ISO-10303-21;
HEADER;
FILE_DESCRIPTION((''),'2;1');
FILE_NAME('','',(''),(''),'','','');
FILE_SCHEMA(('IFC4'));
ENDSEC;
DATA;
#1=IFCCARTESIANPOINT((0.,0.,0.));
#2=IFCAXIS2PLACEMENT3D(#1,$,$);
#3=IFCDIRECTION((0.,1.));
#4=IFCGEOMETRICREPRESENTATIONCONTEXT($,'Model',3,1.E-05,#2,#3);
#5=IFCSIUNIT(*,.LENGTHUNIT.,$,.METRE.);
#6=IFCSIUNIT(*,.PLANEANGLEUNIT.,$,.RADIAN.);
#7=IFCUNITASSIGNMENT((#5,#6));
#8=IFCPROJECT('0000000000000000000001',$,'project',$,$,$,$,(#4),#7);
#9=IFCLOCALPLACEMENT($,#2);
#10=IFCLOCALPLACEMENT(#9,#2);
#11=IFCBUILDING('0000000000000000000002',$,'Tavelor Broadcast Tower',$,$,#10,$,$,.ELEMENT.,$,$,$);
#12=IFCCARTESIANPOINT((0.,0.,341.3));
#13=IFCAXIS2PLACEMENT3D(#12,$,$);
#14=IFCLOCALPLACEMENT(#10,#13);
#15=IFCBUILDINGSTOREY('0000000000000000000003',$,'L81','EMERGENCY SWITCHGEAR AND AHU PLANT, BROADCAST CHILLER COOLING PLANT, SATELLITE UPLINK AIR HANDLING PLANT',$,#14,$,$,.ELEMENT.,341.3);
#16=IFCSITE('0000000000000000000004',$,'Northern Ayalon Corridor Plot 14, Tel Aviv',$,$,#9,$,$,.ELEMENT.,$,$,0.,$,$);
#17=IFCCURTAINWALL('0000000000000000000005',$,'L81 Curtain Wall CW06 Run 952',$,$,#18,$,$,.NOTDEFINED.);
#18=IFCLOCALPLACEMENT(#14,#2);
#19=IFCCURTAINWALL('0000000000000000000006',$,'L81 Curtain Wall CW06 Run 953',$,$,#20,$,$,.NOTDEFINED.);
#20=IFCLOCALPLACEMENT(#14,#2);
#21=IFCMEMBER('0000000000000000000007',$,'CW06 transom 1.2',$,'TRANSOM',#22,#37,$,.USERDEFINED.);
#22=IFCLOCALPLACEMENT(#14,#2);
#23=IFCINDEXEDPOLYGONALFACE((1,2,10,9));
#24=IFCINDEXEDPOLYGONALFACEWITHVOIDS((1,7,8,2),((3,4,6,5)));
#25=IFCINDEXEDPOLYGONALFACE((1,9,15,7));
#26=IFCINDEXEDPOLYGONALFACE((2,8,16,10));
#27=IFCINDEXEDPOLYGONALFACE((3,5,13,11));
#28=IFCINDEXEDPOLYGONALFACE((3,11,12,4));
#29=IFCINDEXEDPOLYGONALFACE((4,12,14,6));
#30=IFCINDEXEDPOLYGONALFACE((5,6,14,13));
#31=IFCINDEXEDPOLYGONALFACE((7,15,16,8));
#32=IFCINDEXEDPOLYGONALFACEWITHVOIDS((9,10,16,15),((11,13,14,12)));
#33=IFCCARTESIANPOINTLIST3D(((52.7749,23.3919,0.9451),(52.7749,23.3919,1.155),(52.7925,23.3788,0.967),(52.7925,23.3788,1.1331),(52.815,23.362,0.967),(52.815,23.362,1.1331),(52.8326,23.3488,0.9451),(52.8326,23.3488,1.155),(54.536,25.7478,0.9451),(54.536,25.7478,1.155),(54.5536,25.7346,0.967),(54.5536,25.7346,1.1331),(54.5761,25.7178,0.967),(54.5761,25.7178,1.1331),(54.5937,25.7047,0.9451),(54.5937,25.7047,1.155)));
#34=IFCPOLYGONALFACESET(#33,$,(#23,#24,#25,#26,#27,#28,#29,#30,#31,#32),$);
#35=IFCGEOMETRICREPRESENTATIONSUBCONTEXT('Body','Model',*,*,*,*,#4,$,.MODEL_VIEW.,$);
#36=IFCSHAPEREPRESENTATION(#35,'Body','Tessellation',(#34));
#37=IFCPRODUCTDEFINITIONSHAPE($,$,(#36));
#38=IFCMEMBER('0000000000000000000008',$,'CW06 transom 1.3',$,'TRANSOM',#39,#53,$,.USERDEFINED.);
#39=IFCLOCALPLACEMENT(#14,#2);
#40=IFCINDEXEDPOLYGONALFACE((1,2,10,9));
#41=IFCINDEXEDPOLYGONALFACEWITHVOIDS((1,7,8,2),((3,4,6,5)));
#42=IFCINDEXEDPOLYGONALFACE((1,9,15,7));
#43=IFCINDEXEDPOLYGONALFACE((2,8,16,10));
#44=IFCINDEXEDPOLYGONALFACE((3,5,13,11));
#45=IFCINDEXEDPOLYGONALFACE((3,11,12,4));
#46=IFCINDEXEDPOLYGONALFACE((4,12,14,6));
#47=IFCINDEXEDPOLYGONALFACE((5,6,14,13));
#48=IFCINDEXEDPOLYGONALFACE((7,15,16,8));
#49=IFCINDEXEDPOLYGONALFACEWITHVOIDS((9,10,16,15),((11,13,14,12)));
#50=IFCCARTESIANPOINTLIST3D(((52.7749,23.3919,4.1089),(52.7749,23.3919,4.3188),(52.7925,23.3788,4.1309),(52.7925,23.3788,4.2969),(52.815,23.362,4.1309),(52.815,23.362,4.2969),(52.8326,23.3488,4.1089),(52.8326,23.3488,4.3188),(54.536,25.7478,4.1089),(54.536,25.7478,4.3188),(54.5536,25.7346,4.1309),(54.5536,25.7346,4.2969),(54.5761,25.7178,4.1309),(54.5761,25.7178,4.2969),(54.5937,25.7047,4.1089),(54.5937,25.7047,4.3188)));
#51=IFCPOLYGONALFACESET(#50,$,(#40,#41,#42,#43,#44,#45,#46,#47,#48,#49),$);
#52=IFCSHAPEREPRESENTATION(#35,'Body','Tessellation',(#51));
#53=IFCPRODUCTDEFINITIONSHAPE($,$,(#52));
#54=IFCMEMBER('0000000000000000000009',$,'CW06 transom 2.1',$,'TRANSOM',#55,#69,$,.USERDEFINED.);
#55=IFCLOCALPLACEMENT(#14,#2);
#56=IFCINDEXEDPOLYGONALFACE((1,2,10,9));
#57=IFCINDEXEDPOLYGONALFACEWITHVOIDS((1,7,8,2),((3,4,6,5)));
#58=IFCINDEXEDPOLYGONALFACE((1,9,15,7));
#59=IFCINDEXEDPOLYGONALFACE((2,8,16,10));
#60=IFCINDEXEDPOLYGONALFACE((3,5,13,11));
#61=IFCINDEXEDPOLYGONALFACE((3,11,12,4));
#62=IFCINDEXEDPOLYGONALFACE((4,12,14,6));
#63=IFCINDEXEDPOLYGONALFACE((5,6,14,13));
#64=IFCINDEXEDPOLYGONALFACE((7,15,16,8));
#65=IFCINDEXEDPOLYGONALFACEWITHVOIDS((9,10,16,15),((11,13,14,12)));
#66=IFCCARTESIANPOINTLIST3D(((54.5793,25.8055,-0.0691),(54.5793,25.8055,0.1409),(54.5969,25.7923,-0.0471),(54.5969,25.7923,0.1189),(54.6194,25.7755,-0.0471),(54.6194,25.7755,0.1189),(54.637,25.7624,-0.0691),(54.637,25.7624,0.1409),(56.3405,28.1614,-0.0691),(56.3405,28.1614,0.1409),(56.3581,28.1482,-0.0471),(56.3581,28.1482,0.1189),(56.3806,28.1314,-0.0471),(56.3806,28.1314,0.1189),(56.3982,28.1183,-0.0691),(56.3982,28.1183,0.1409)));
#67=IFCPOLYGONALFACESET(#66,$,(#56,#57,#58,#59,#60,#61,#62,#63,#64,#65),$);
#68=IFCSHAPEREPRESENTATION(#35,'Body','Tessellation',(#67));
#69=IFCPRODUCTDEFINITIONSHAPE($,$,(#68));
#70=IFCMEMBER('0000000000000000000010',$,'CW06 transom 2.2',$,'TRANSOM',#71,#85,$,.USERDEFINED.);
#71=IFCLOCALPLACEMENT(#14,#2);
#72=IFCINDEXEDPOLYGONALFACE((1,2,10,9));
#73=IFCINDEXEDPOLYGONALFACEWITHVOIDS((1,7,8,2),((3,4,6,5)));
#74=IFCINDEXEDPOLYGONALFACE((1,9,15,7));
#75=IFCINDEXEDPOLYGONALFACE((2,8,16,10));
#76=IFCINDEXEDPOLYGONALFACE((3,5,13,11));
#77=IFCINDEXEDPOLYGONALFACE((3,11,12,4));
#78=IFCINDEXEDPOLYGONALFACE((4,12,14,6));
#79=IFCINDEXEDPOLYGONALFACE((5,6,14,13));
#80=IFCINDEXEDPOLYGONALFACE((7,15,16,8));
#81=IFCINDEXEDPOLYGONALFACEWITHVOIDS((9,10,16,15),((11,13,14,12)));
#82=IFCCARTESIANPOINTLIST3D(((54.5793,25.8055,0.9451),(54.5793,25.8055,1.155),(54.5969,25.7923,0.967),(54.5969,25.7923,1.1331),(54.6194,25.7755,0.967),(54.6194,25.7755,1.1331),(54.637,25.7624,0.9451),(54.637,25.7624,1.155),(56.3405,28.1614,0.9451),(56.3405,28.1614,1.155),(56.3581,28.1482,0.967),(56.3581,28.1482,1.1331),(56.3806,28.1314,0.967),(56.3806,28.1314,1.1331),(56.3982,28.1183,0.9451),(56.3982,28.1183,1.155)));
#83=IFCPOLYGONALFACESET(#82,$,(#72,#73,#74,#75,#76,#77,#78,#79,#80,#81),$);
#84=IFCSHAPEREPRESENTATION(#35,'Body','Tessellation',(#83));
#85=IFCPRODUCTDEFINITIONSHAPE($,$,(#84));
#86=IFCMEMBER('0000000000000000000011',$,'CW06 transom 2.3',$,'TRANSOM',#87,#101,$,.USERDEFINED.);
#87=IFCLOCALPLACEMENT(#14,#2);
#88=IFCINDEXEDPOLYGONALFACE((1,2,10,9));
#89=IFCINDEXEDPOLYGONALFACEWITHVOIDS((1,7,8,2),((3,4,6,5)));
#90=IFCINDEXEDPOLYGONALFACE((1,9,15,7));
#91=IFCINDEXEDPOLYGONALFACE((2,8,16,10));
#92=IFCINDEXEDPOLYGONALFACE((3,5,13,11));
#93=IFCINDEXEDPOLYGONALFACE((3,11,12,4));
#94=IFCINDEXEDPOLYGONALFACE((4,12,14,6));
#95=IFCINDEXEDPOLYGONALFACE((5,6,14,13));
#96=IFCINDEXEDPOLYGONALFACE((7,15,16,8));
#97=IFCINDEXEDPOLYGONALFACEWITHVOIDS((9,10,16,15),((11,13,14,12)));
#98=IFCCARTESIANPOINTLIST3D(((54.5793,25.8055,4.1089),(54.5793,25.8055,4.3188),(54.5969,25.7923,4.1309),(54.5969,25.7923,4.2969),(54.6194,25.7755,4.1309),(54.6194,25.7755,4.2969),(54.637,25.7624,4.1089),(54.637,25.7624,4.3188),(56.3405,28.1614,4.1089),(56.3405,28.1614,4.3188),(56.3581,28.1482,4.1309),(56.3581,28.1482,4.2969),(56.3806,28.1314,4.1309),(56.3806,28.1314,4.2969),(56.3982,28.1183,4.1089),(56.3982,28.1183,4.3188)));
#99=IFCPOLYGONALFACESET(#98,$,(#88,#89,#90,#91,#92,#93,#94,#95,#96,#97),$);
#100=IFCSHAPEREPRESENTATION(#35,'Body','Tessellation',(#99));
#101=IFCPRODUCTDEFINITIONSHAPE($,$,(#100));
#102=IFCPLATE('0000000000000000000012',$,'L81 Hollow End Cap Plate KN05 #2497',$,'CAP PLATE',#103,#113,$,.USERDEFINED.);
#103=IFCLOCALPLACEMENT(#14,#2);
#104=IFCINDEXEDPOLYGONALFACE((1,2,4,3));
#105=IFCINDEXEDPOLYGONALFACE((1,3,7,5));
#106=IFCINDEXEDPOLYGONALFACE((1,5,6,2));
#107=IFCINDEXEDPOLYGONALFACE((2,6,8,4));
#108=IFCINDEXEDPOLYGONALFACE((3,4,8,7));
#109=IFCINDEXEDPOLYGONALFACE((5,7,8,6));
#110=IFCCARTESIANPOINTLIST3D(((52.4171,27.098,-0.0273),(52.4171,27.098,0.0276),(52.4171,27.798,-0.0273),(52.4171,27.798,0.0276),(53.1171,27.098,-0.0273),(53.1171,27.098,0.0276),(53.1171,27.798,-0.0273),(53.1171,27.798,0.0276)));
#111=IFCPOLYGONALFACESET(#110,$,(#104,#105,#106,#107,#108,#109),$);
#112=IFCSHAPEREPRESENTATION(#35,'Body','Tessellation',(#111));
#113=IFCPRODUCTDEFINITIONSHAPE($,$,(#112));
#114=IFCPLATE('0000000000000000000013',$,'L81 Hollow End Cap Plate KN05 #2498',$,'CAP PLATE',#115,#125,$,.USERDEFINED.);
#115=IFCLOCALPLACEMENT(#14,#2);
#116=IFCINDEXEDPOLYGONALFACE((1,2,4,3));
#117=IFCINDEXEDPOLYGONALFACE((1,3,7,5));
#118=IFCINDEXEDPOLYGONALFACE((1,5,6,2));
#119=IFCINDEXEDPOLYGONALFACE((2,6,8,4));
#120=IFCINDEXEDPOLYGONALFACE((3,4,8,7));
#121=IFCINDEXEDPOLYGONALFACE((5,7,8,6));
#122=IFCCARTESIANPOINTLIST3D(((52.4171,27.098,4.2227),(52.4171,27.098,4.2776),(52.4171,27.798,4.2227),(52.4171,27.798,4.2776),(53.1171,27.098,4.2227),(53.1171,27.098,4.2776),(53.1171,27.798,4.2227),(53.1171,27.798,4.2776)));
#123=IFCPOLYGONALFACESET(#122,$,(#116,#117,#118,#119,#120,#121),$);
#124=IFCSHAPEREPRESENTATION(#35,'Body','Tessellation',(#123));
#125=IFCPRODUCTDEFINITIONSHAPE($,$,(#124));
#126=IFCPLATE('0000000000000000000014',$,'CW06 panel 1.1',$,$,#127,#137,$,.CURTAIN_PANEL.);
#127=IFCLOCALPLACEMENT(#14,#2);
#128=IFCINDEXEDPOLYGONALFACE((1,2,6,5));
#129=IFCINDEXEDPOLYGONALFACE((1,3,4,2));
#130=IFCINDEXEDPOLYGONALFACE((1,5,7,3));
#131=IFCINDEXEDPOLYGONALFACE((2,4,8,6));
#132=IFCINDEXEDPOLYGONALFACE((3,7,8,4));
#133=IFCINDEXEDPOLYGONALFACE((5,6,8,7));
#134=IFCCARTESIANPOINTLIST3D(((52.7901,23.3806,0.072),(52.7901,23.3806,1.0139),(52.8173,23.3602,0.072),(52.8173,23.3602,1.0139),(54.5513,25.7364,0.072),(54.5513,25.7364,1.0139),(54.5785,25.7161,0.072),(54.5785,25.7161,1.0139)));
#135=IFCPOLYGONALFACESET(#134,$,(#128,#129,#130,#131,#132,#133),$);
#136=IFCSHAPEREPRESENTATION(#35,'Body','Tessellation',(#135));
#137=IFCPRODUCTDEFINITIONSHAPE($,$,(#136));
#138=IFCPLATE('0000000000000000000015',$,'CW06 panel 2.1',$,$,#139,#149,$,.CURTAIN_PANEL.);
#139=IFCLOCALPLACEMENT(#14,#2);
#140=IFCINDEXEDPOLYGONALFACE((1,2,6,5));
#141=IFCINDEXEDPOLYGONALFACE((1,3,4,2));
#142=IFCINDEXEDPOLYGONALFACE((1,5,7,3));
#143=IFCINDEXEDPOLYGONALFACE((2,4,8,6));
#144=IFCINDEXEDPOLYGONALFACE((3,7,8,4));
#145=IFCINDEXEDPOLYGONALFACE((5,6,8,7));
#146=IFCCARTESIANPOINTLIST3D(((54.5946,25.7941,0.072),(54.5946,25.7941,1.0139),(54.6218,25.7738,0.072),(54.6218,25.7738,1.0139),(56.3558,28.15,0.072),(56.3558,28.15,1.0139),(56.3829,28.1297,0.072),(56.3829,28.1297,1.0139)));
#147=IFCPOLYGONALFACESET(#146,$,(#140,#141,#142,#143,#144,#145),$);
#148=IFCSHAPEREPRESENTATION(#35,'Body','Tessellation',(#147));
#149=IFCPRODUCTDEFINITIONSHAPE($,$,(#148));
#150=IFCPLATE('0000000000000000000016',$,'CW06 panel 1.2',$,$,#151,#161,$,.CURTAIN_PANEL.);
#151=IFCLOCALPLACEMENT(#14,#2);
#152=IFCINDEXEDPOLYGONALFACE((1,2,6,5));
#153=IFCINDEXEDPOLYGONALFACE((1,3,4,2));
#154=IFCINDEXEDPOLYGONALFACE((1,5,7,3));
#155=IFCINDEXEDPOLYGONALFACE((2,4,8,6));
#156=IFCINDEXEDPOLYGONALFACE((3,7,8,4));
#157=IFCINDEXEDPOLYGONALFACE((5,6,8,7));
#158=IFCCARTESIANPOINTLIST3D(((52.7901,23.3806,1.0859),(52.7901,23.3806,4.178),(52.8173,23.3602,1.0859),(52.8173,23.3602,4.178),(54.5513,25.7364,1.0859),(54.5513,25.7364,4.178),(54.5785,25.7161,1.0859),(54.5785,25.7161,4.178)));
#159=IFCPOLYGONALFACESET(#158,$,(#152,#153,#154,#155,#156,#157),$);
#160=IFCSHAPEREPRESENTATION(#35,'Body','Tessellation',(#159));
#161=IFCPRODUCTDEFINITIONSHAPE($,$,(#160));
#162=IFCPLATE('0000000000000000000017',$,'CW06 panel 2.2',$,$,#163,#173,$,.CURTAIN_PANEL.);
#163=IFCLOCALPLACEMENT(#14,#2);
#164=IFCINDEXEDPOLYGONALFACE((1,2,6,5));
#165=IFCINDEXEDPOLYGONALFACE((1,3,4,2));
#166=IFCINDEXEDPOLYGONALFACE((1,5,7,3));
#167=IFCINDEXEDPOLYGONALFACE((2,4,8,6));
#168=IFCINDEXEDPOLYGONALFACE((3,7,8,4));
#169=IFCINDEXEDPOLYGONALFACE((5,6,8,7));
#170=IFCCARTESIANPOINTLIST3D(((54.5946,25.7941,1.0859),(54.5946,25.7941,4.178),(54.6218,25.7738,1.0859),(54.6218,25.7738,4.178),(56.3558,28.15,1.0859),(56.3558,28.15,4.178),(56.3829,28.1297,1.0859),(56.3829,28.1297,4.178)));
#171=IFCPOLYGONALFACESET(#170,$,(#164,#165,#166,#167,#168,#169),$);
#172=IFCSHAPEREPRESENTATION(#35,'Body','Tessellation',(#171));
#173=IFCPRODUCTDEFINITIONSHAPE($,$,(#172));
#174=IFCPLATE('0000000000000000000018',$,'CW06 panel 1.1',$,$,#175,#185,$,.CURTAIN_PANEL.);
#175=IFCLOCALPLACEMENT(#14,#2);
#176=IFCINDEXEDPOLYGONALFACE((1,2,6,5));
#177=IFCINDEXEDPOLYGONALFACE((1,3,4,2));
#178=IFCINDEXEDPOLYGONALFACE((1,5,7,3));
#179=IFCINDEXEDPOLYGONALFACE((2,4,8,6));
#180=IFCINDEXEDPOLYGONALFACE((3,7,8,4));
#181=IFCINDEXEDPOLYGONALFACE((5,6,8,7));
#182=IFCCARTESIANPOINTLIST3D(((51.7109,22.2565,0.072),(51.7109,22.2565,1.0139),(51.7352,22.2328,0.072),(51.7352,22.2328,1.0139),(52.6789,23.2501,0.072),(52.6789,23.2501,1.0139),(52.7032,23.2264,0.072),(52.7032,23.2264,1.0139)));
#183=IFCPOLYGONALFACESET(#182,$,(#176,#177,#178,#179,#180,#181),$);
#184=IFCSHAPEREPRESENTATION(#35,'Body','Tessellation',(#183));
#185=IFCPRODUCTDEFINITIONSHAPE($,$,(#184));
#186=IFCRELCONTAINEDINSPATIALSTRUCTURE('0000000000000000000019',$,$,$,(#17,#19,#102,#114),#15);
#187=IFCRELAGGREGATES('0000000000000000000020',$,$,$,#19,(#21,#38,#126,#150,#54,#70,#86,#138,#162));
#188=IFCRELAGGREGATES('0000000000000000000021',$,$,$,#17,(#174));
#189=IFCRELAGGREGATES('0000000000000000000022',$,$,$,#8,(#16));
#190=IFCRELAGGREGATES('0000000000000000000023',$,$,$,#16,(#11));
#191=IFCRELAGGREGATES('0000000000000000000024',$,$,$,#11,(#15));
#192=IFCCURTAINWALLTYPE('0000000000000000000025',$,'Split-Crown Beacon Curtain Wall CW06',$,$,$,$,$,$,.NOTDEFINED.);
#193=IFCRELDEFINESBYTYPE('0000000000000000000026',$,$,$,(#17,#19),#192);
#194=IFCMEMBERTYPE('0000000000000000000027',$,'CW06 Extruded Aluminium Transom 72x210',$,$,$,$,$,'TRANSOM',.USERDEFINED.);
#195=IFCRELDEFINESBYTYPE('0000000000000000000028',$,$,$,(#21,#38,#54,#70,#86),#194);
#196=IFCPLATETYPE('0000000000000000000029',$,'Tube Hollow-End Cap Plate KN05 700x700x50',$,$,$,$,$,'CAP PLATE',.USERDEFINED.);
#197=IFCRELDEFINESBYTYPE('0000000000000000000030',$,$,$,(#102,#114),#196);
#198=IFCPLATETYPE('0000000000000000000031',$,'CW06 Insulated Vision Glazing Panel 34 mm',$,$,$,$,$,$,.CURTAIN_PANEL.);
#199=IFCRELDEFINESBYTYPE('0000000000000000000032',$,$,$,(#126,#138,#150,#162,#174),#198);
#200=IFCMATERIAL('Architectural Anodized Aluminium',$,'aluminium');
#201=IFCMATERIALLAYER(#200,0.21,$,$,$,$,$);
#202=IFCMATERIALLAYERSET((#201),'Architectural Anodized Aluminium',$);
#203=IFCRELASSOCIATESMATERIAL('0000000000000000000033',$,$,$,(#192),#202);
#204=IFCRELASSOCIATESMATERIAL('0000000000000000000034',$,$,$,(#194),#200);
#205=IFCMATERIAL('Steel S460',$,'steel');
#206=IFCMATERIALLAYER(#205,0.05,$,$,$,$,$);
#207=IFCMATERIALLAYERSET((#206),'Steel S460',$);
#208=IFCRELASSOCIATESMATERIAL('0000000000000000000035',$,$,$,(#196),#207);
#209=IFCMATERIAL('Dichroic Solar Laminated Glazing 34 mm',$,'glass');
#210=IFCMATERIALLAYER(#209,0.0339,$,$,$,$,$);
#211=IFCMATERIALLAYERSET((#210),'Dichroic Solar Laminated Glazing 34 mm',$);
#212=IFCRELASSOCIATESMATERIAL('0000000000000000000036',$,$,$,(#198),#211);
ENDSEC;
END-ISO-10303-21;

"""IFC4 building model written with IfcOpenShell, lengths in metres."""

from ifc_helpers import new_model, si_unit, direction, frame, origin, origin_2d, place, context, subcontext, project, spatial, rectangle, hollow_rectangle, extrude, source, transform, mapped, material, layer, layer_set, material_profile, profile_set, type_object, type_shapes, element, aggregate, save


model = new_model("IFC4")

# Units and contexts
model_context = context("Model", 3, precision=1e-05, world=origin(), true_north=direction((0.0, 1.0)))
body_context = subcontext(model_context, "Body", "Model", "MODEL_VIEW")
ifc_project = project(units=[si_unit("LENGTHUNIT", "METRE"), si_unit("PLANEANGLEUNIT", "RADIAN")], contexts=[model_context])

# Site, building, storey
site_placement = place(None, origin())
site = spatial("IfcSite", under=ifc_project, at=site_placement, Name="Northern Ayalon Corridor Plot 14, Tel Aviv", CompositionType="ELEMENT", RefElevation=0.0)
building_placement = place(site_placement, origin())
building = spatial("IfcBuilding", under=site, at=building_placement, Name="Tavelor Broadcast Tower", CompositionType="ELEMENT")
storey_placement = place(building_placement, frame((0.0, 0.0, 341.3)))
storey = spatial("IfcBuildingStorey", under=building, at=storey_placement, Name="L81", Description="EMERGENCY SWITCHGEAR AND AHU PLANT, BROADCAST CHILLER COOLING PLANT, SATELLITE UPLINK AIR HANDLING PLANT", CompositionType="ELEMENT", Elevation=341.3)

# Curtain walls
ifc_material_1 = material(Name="Architectural Anodized Aluminium", Category="aluminium")
ifc_layer_1 = layer(ifc_material_1, 0.21)
ifc_layer_set_1 = layer_set([ifc_layer_1], Name="Architectural Anodized Aluminium")
curtain_wall_type = type_object("IfcCurtainWallType", Name="Split-Crown Beacon Curtain Wall CW06", PredefinedType="NOTDEFINED", material=ifc_layer_set_1)
curtain_wall_1_placement = place(storey_placement, origin())
curtain_wall_1 = element("IfcCurtainWall", 1, at=curtain_wall_1_placement, inside=storey, type_object=curtain_wall_type, Name="L81 Curtain Wall CW06 Run 952", PredefinedType="NOTDEFINED")
curtain_wall_2_placement = place(storey_placement, origin())
curtain_wall_2 = element("IfcCurtainWall", 2, at=curtain_wall_2_placement, inside=storey, type_object=curtain_wall_type, Name="L81 Curtain Wall CW06 Run 953", PredefinedType="NOTDEFINED")

# Members
ifc_material_profile_1 = material_profile(ifc_material_1, hollow_rectangle(XDim=0.072, YDim=0.21, WallThickness=0.022, at=origin_2d()), Name="RHS 72x210x22")
ifc_profile_set_1 = profile_set([ifc_material_profile_1], Name="Architectural Anodized Aluminium")
member_type_1 = type_object("IfcMemberType", Name="CW06 Extruded Aluminium Transom 72x210", ElementType="TRANSOM", PredefinedType="USERDEFINED", material=ifc_profile_set_1)
shared_shape_1 = source(origin(), body_context, "Body", "SweptSolid", [
    extrude(hollow_rectangle(XDim=0.072, YDim=0.21, WallThickness=0.022, at=origin_2d()), origin(), (0.0, 0.0, 1.0), 2.9414),
])
member_1_placement = place(storey_placement, frame((52.8037, 23.3704, 1.05), z_axis=(0.598751, 0.800935, 0.0), x_axis=(-0.800935, 0.598751, 0.0)))
member_1 = element("IfcMember", 3, at=member_1_placement, type_object=member_type_1, Name="CW06 transom 1.2", ObjectType="TRANSOM", PredefinedType="USERDEFINED", context=body_context, shape_type="MappedRepresentation", body=[
    mapped(shared_shape_1, transform((0.0, 0.0, 0.0), scale=1.0)),
])
member_2_placement = place(storey_placement, frame((52.8037, 23.3704, 4.2139), z_axis=(0.598751, 0.800935, 0.0), x_axis=(-0.800935, 0.598751, 0.0)))
member_2 = element("IfcMember", 4, at=member_2_placement, type_object=member_type_1, Name="CW06 transom 1.3", ObjectType="TRANSOM", PredefinedType="USERDEFINED", context=body_context, shape_type="MappedRepresentation", body=[
    mapped(shared_shape_1, transform((0.0, 0.0, 0.0), scale=1.0)),
])
member_3_placement = place(storey_placement, frame((54.6082, 25.7839, 0.0359), z_axis=(0.598751, 0.800935, 0.0), x_axis=(-0.800935, 0.598751, 0.0)))
member_3 = element("IfcMember", 5, at=member_3_placement, type_object=member_type_1, Name="CW06 transom 2.1", ObjectType="TRANSOM", PredefinedType="USERDEFINED", context=body_context, shape_type="MappedRepresentation", body=[
    mapped(shared_shape_1, transform((0.0, 0.0, 0.0), scale=1.0)),
])
member_4_placement = place(storey_placement, frame((54.6082, 25.7839, 1.05), z_axis=(0.598751, 0.800935, 0.0), x_axis=(-0.800935, 0.598751, 0.0)))
member_4 = element("IfcMember", 6, at=member_4_placement, type_object=member_type_1, Name="CW06 transom 2.2", ObjectType="TRANSOM", PredefinedType="USERDEFINED", context=body_context, shape_type="MappedRepresentation", body=[
    mapped(shared_shape_1, transform((0.0, 0.0, 0.0), scale=1.0)),
])
member_5_placement = place(storey_placement, frame((54.6082, 25.7839, 4.2139), z_axis=(0.598751, 0.800935, 0.0), x_axis=(-0.800935, 0.598751, 0.0)))
member_5 = element("IfcMember", 7, at=member_5_placement, type_object=member_type_1, Name="CW06 transom 2.3", ObjectType="TRANSOM", PredefinedType="USERDEFINED", context=body_context, shape_type="MappedRepresentation", body=[
    mapped(shared_shape_1, transform((0.0, 0.0, 0.0), scale=1.0)),
])

# Plates
ifc_material_2 = material(Name="Steel S460", Category="steel")
ifc_layer_2 = layer(ifc_material_2, 0.05)
ifc_layer_set_2 = layer_set([ifc_layer_2], Name="Steel S460")
plate_type_1 = type_object("IfcPlateType", Name="Tube Hollow-End Cap Plate KN05 700x700x50", ElementType="CAP PLATE", PredefinedType="USERDEFINED", material=ifc_layer_set_2)
shared_shape_2 = source(origin(), body_context, "Body", "SweptSolid", [
    extrude(rectangle(XDim=0.7, YDim=0.7, at=origin_2d()), origin(), (0.0, 0.0, 1.0), 0.0549),
])
type_shapes(plate_type_1, [shared_shape_2])
for number, where, z_axis, x_axis, name in (
    (8, (52.7671, 27.448, -0.0273), (0.0, 0.0, 1.0), (1.0, 0.0, 0.0), "L81 Hollow End Cap Plate KN05 #2497"),
    (9, (52.7671, 27.448, 4.2227), (0.0, 0.0, 1.0), (1.0, 0.0, 0.0), "L81 Hollow End Cap Plate KN05 #2498"),
):
    element("IfcPlate", number, at=place(storey_placement, frame(where, z_axis=z_axis, x_axis=x_axis)), inside=storey, type_object=plate_type_1, Name=name, ObjectType="CAP PLATE", PredefinedType="USERDEFINED", context=body_context, shape_type="MappedRepresentation", body=[
        mapped(shared_shape_2, transform((0.0, 0.0, 0.0), scale=1.0)),
    ])

# Plates
ifc_material_3 = material(Name="Dichroic Solar Laminated Glazing 34 mm", Category="glass")
ifc_layer_3 = layer(ifc_material_3, 0.0339)
ifc_layer_set_3 = layer_set([ifc_layer_3], Name="Dichroic Solar Laminated Glazing 34 mm")
plate_type_2 = type_object("IfcPlateType", Name="CW06 Insulated Vision Glazing Panel 34 mm", PredefinedType="CURTAIN_PANEL", material=ifc_layer_set_3)
shared_shape_3 = source(origin(), body_context, "Body", "SweptSolid", [
    extrude(rectangle(XDim=2.9414, YDim=0.0339, at=origin_2d()), origin(), (0.0, 0.0, 1.0), 0.9419),
])
plate_1_placement = place(storey_placement, frame((53.6843, 24.5483, 0.072), z_axis=(0.0, 0.0, 1.0), x_axis=(0.598753, 0.800934, 0.0)))
plate_1 = element("IfcPlate", 10, at=plate_1_placement, type_object=plate_type_2, Name="CW06 panel 1.1", PredefinedType="CURTAIN_PANEL", context=body_context, shape_type="MappedRepresentation", body=[
    mapped(shared_shape_3, transform((0.0, 0.0, 0.0), scale=1.0)),
])
plate_2_placement = place(storey_placement, frame((55.4888, 26.9619, 0.072), z_axis=(0.0, 0.0, 1.0), x_axis=(0.598753, 0.800934, 0.0)))
plate_2 = element("IfcPlate", 11, at=plate_2_placement, type_object=plate_type_2, Name="CW06 panel 2.1", PredefinedType="CURTAIN_PANEL", context=body_context, shape_type="MappedRepresentation", body=[
    mapped(shared_shape_3, transform((0.0, 0.0, 0.0), scale=1.0)),
])
shared_shape_4 = source(origin(), body_context, "Body", "SweptSolid", [
    extrude(rectangle(XDim=2.9414, YDim=0.0339, at=origin_2d()), origin(), (0.0, 0.0, 1.0), 3.092),
])
plate_3_placement = place(storey_placement, frame((53.6843, 24.5483, 1.0859), z_axis=(0.0, 0.0, 1.0), x_axis=(0.598753, 0.800934, 0.0)))
plate_3 = element("IfcPlate", 12, at=plate_3_placement, type_object=plate_type_2, Name="CW06 panel 1.2", PredefinedType="CURTAIN_PANEL", context=body_context, shape_type="MappedRepresentation", body=[
    mapped(shared_shape_4, transform((0.0, 0.0, 0.0), scale=1.0)),
])
plate_4_placement = place(storey_placement, frame((55.4888, 26.9619, 1.0859), z_axis=(0.0, 0.0, 1.0), x_axis=(0.598753, 0.800934, 0.0)))
plate_4 = element("IfcPlate", 13, at=plate_4_placement, type_object=plate_type_2, Name="CW06 panel 2.2", PredefinedType="CURTAIN_PANEL", context=body_context, shape_type="MappedRepresentation", body=[
    mapped(shared_shape_4, transform((0.0, 0.0, 0.0), scale=1.0)),
])
aggregate(curtain_wall_2, [member_1, member_2, plate_1, plate_3, member_3, member_4, member_5, plate_2, plate_4])
shared_shape_5 = source(origin(), body_context, "Body", "SweptSolid", [
    extrude(rectangle(XDim=1.3872, YDim=0.0339, at=origin_2d()), origin(), (0.0, 0.0, 1.0), 0.9419),
])
plate_5_placement = place(storey_placement, frame((52.207, 22.7415, 0.072), z_axis=(0.0, 0.0, 1.0), x_axis=(0.697805, 0.716287, 0.0)))
plate_5 = element("IfcPlate", 14, at=plate_5_placement, type_object=plate_type_2, Name="CW06 panel 1.1", PredefinedType="CURTAIN_PANEL", context=body_context, shape_type="MappedRepresentation", body=[
    mapped(shared_shape_5, transform((0.0, 0.0, 0.0), scale=1.0)),
])
aggregate(curtain_wall_1, [plate_5])

save(model, "model.ifc")
